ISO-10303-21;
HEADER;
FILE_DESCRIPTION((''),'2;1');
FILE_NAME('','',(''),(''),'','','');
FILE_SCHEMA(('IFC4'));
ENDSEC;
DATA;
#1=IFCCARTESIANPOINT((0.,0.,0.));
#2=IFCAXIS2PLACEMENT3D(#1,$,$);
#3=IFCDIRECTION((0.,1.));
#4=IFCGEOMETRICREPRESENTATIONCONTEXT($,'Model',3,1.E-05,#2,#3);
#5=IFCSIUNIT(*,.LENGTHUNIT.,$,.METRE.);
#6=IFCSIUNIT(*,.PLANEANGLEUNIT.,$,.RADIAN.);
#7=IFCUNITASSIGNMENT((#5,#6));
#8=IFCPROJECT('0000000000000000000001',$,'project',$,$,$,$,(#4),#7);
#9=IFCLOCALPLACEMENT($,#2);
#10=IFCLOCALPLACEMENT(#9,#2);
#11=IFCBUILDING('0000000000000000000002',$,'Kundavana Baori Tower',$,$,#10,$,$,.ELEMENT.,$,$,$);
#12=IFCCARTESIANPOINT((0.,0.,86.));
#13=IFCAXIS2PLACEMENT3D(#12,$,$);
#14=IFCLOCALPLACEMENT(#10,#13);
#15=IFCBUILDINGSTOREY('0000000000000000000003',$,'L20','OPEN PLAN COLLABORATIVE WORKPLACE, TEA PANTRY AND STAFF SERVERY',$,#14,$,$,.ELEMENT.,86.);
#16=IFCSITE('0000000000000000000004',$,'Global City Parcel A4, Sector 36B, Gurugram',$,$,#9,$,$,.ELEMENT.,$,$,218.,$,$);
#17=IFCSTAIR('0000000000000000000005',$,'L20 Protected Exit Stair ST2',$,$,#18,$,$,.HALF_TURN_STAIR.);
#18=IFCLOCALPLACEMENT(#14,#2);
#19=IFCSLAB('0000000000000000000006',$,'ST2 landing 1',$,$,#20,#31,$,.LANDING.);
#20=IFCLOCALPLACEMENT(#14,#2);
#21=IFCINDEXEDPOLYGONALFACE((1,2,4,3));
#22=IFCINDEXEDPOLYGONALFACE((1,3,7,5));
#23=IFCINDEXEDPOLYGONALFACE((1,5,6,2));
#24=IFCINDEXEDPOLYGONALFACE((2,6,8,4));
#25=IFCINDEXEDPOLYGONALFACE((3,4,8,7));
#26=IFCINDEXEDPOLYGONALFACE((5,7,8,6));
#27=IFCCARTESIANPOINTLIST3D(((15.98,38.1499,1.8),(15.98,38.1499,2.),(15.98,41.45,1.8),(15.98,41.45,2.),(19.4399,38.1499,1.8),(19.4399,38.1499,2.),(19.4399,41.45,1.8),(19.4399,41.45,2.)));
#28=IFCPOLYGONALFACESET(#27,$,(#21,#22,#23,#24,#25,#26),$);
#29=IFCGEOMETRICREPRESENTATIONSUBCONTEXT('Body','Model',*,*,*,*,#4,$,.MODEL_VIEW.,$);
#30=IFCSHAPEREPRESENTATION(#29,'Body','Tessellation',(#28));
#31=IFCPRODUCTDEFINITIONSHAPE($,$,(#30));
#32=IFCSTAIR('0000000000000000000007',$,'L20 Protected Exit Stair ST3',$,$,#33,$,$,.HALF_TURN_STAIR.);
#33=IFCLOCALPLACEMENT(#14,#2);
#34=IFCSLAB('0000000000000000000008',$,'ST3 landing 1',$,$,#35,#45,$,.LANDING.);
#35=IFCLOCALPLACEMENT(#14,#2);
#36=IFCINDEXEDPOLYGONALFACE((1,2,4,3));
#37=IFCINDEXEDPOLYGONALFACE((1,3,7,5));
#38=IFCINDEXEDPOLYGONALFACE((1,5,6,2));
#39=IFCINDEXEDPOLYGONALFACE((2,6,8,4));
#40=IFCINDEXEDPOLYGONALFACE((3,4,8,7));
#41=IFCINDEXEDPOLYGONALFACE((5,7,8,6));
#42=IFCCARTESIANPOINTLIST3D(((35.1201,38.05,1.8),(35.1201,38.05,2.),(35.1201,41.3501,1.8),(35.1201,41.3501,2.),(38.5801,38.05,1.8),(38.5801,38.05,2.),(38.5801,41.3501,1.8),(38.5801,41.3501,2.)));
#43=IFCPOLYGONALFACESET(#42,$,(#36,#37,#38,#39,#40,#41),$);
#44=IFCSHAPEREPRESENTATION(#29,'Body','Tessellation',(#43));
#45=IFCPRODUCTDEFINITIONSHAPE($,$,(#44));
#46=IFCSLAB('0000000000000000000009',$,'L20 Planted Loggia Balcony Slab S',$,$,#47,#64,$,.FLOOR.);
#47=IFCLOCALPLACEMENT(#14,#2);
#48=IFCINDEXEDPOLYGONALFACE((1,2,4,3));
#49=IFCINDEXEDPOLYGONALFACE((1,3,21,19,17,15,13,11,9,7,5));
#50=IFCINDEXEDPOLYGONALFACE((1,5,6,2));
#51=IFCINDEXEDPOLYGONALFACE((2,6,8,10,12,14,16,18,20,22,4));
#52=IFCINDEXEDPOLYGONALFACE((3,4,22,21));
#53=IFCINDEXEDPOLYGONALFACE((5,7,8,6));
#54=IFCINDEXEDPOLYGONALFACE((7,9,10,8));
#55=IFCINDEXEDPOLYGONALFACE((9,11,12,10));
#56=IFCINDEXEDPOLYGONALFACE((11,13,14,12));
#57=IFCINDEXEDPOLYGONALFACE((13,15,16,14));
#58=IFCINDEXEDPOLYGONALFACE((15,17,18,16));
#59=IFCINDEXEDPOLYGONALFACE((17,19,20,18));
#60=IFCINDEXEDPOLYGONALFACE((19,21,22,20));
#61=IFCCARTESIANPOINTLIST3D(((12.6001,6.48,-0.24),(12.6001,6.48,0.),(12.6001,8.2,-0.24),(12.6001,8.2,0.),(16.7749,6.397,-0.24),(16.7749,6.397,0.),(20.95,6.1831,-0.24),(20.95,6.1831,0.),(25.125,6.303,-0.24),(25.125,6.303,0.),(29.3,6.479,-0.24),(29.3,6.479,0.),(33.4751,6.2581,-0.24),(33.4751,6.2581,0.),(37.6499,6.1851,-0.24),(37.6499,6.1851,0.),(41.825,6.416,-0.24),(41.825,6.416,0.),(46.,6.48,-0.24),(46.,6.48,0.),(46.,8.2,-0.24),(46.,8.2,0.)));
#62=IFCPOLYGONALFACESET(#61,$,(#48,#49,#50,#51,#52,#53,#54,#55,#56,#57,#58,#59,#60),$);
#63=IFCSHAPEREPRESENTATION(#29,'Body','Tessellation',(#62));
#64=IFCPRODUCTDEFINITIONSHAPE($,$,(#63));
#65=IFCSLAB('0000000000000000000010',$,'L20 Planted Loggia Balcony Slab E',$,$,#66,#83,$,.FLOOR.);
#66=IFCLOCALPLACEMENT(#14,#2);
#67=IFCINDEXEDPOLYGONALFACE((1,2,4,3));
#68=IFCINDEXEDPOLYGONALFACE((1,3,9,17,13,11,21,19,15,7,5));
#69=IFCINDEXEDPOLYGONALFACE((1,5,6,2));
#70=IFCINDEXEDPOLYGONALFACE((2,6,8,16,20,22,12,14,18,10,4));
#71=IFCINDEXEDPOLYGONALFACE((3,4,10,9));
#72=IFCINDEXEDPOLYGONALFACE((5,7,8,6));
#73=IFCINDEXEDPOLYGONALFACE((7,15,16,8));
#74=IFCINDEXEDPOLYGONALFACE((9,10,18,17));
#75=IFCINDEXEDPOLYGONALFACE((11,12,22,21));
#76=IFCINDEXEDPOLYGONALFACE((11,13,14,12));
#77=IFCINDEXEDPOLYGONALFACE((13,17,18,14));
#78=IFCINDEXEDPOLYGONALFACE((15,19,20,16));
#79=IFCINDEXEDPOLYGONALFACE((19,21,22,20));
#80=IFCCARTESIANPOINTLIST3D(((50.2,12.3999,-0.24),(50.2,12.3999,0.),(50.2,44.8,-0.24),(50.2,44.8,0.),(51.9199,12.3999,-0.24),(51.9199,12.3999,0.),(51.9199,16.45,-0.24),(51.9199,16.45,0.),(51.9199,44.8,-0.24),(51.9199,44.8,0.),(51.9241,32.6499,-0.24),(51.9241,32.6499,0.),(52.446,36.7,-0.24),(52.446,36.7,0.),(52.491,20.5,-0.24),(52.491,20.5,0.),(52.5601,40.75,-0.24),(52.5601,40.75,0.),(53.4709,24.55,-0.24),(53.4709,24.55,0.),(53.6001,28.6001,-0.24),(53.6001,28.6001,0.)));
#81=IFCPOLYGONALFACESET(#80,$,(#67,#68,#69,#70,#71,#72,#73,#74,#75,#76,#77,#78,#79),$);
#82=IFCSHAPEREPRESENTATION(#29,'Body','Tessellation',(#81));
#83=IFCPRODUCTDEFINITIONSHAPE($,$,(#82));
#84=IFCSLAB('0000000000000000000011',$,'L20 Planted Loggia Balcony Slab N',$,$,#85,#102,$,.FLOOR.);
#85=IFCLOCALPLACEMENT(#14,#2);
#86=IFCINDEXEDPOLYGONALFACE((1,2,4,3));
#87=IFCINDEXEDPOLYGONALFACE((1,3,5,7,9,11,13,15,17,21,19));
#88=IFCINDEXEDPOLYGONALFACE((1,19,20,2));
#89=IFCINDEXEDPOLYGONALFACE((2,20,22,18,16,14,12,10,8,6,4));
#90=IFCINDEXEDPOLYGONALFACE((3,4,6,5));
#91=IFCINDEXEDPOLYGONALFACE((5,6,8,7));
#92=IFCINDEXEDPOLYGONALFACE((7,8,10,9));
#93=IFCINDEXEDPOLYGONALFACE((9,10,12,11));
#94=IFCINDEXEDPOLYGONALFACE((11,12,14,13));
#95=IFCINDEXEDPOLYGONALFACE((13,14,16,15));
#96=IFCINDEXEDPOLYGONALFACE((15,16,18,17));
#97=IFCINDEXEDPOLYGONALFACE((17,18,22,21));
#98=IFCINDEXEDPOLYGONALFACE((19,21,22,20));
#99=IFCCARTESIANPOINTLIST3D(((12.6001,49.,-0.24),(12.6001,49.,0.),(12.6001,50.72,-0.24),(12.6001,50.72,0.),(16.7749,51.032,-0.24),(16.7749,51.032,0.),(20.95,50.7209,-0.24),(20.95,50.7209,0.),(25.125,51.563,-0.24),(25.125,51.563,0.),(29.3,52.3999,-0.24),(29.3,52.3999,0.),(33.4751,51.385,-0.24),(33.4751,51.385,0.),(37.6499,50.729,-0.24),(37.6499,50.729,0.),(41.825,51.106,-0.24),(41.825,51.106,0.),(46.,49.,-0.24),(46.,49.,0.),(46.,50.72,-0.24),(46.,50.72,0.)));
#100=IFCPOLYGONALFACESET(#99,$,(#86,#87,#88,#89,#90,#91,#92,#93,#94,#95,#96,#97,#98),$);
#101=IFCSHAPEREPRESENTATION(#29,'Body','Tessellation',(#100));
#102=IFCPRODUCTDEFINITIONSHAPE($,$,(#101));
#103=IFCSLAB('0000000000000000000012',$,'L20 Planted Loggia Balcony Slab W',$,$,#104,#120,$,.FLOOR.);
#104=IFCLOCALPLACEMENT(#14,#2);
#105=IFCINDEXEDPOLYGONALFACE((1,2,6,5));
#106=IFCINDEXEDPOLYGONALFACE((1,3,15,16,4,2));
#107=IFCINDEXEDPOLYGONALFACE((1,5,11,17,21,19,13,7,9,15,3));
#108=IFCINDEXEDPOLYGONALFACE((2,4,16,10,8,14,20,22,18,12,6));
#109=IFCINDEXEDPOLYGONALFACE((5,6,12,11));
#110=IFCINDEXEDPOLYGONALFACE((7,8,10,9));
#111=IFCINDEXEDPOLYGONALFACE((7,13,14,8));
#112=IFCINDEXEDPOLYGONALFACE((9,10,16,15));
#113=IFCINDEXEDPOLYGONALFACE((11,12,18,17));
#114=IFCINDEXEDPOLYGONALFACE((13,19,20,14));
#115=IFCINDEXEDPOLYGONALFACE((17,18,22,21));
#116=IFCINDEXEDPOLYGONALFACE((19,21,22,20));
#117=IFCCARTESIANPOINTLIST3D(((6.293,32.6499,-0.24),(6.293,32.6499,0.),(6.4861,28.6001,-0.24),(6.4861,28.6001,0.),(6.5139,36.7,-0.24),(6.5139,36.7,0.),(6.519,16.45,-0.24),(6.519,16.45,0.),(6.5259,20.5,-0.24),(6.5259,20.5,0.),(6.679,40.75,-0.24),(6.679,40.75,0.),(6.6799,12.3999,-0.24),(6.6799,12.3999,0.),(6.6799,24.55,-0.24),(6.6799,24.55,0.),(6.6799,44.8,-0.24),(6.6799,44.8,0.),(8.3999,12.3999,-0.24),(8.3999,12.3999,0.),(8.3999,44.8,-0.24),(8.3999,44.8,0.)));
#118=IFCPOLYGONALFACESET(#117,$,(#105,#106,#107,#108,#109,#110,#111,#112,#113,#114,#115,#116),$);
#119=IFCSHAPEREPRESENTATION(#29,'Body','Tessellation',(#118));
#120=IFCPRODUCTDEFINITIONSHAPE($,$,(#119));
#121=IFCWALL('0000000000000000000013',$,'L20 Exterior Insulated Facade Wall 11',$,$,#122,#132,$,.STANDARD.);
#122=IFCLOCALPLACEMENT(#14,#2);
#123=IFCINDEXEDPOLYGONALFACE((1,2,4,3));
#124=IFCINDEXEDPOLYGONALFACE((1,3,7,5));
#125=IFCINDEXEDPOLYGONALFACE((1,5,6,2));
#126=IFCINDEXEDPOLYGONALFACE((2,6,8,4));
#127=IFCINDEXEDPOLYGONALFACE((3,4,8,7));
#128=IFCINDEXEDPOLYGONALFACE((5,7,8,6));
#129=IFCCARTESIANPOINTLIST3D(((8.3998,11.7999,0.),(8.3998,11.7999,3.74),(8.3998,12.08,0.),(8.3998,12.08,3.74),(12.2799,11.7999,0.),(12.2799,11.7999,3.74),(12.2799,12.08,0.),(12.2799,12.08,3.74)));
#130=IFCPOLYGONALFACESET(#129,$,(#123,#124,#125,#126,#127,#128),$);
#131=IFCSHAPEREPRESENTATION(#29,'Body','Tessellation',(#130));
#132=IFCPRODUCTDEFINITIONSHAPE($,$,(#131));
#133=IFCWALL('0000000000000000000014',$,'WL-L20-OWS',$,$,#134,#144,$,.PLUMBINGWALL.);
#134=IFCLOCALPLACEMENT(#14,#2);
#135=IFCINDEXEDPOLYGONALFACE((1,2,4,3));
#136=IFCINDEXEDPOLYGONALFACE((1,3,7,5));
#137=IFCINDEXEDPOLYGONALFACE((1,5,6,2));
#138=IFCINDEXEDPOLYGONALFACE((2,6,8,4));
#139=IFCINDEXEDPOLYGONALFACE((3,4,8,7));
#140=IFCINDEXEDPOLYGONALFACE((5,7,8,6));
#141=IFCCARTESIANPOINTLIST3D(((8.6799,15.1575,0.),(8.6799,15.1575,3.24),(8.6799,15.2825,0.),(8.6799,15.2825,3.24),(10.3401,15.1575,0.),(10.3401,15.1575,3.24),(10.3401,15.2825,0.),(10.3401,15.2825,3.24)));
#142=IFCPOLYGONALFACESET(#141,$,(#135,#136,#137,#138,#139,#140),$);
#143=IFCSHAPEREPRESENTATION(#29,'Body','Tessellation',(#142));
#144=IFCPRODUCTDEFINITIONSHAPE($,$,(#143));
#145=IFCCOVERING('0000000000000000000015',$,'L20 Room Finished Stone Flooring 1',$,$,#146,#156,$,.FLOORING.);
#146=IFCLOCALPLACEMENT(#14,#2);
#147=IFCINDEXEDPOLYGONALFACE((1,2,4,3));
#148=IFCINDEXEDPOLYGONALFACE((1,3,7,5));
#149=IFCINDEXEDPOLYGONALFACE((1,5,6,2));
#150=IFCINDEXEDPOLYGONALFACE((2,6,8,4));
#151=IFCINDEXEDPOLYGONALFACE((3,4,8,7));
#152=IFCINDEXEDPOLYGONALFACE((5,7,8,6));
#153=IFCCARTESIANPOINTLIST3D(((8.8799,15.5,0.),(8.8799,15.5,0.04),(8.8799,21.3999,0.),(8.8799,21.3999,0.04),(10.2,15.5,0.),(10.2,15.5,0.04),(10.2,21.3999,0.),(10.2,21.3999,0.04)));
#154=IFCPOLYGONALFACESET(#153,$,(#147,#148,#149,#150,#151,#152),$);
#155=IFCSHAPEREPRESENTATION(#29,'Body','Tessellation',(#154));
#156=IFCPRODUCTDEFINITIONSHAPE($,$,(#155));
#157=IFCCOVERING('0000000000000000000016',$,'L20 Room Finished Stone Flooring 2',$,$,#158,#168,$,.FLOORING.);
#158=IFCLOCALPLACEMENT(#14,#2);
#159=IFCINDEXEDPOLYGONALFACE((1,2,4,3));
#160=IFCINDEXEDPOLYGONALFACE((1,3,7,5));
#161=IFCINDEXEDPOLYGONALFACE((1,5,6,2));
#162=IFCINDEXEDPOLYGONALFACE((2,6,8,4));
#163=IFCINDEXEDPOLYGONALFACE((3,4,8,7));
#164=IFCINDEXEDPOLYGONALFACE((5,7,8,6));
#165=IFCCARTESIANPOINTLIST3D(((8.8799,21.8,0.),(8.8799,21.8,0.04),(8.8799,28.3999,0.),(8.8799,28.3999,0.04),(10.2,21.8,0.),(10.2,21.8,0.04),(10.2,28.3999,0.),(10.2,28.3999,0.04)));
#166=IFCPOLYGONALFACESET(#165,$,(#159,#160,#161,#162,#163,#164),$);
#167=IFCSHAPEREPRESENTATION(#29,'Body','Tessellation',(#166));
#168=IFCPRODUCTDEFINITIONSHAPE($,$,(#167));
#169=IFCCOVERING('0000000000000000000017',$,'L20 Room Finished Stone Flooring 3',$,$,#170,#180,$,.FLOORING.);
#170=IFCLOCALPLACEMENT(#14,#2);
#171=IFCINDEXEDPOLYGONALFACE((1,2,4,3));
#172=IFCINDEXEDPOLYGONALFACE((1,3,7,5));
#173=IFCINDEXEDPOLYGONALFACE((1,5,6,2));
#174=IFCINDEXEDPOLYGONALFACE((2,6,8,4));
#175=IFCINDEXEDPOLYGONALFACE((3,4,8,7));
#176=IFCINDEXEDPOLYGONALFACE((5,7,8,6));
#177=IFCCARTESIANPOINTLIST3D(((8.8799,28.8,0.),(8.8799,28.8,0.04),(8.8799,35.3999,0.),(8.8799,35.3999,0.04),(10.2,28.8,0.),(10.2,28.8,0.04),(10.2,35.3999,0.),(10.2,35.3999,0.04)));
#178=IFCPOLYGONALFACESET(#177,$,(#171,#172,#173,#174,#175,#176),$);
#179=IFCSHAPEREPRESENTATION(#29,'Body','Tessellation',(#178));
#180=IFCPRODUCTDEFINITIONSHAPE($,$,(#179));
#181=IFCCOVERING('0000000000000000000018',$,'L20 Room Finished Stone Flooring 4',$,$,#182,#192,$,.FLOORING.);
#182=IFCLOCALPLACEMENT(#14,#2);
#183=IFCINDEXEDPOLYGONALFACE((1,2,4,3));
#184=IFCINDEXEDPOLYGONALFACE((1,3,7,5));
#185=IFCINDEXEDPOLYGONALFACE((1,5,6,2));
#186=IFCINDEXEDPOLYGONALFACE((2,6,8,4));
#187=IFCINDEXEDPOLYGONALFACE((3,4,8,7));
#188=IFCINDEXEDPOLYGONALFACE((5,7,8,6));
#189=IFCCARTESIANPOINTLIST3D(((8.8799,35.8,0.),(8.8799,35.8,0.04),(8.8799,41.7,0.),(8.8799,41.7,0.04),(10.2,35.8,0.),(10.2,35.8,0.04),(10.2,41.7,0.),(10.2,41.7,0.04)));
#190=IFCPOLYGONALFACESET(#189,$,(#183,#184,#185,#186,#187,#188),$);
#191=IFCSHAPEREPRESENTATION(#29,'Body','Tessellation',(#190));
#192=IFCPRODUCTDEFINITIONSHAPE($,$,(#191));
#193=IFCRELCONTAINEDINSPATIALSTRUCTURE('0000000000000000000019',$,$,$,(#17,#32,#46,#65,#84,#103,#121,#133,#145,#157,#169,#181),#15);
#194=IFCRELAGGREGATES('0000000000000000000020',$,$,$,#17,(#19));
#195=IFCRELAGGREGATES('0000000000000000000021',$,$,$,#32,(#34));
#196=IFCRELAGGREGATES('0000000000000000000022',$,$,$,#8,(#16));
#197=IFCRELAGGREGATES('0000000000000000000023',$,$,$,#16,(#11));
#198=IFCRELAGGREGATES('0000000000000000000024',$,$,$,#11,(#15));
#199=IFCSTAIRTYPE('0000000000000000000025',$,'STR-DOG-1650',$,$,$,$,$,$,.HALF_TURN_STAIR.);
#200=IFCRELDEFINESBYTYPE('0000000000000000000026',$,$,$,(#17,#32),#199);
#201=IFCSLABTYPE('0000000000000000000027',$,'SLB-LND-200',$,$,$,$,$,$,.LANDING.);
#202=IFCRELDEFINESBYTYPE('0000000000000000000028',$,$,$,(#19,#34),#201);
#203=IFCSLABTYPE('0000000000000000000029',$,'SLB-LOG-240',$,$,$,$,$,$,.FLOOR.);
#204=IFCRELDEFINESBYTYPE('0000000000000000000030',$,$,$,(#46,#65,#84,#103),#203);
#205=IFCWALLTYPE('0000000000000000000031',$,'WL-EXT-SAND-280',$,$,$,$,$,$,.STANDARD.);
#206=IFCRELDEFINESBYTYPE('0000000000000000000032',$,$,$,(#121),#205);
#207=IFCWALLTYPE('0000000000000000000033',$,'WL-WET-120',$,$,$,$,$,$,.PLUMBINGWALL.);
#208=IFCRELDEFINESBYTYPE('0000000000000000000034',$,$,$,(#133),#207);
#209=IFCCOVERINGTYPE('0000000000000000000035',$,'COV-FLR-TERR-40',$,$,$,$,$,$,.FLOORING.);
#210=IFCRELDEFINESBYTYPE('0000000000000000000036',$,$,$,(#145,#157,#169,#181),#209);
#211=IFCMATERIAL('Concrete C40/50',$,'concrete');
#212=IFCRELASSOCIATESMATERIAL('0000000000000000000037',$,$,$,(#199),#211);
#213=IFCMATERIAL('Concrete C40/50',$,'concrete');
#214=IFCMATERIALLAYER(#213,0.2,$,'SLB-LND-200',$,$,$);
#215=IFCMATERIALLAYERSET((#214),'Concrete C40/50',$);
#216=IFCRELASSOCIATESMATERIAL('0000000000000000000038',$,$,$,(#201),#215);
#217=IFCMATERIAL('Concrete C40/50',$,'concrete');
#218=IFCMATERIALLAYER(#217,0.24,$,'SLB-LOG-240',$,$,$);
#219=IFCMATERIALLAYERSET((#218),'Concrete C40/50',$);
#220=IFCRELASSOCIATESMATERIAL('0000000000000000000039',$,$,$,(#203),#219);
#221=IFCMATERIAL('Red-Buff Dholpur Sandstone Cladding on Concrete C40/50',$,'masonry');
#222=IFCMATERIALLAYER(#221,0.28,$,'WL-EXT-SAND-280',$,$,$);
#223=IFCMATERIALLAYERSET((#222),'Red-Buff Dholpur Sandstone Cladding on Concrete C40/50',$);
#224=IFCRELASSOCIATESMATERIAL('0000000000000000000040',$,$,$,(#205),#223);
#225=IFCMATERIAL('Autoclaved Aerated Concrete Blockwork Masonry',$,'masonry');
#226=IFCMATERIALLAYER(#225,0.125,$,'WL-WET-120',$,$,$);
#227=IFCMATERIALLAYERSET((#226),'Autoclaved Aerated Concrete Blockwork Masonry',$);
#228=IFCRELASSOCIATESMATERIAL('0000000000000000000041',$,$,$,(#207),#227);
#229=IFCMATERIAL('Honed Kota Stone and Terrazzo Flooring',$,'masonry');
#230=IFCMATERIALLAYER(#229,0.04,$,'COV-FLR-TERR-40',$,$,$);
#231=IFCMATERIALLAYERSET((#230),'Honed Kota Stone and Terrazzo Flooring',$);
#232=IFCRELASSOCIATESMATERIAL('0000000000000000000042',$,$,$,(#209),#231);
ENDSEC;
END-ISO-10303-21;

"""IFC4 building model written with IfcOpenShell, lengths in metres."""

from ifc_helpers import new_model, si_unit, direction, frame, frame_2d, origin, place, context, subcontext, project, spatial, polyline, rectangle, outline, extrude, material, layer, layer_set, type_object, element, aggregate, save


model = new_model("IFC4")

# Units and contexts
model_context = context("Model", 3, precision=1e-05, world=origin(), true_north=direction((0.0, 1.0)))
body_context = subcontext(model_context, "Body", "Model", "MODEL_VIEW")
ifc_project = project(units=[si_unit("LENGTHUNIT", "METRE"), si_unit("PLANEANGLEUNIT", "RADIAN")], contexts=[model_context])

# Site, building, storey
site_placement = place(None, origin())
site = spatial("IfcSite", under=ifc_project, at=site_placement, Name="Global City Parcel A4, Sector 36B, Gurugram", CompositionType="ELEMENT", RefElevation=218.0)
building_placement = place(site_placement, origin())
building = spatial("IfcBuilding", under=site, at=building_placement, Name="Kundavana Baori Tower", CompositionType="ELEMENT")
storey_placement = place(building_placement, frame((0.0, 0.0, 86.0)))
storey = spatial("IfcBuildingStorey", under=building, at=storey_placement, Name="L20", Description="OPEN PLAN COLLABORATIVE WORKPLACE, TEA PANTRY AND STAFF SERVERY", CompositionType="ELEMENT", Elevation=86.0)

# Stairs, slabs
ifc_material_1 = material(Name="Concrete C40/50", Category="concrete")
stair_type = type_object("IfcStairType", Name="STR-DOG-1650", PredefinedType="HALF_TURN_STAIR", material=ifc_material_1)
ifc_material_2 = material(Name="Concrete C40/50", Category="concrete")
ifc_layer_1 = layer(ifc_material_2, 0.2, Name="SLB-LND-200")
ifc_layer_set_1 = layer_set([ifc_layer_1], Name="Concrete C40/50")
slab_type_1 = type_object("IfcSlabType", Name="SLB-LND-200", PredefinedType="LANDING", material=ifc_layer_set_1)
stair_1_placement = place(storey_placement, origin())
stair_1 = element("IfcStair", 1, at=stair_1_placement, inside=storey, type_object=stair_type, Name="L20 Protected Exit Stair ST2", PredefinedType="HALF_TURN_STAIR")
slab_1_placement = place(storey_placement, frame((0.0, 0.0, 1.8)))
slab_1 = element("IfcSlab", 2, at=slab_1_placement, type_object=slab_type_1, Name="ST2 landing 1", PredefinedType="LANDING", context=body_context, shape_type="SweptSolid", body=[
    extrude(outline(polyline([(19.4399, 38.1499), (19.4399, 41.45), (15.98, 41.45), (15.98, 38.1499), (19.4399, 38.1499)])), origin(), (0.0, 0.0, 1.0), 0.2),
])
aggregate(stair_1, [slab_1])
stair_2_placement = place(storey_placement, origin())
stair_2 = element("IfcStair", 3, at=stair_2_placement, inside=storey, type_object=stair_type, Name="L20 Protected Exit Stair ST3", PredefinedType="HALF_TURN_STAIR")
slab_2_placement = place(storey_placement, frame((0.0, 0.0, 1.8)))
slab_2 = element("IfcSlab", 4, at=slab_2_placement, type_object=slab_type_1, Name="ST3 landing 1", PredefinedType="LANDING", context=body_context, shape_type="SweptSolid", body=[
    extrude(outline(polyline([(38.5801, 38.05), (38.5801, 41.3501), (35.1201, 41.3501), (35.1201, 38.05), (38.5801, 38.05)])), origin(), (0.0, 0.0, 1.0), 0.2),
])
aggregate(stair_2, [slab_2])

# Slabs
ifc_material_3 = material(Name="Concrete C40/50", Category="concrete")
ifc_layer_2 = layer(ifc_material_3, 0.24, Name="SLB-LOG-240")
ifc_layer_set_2 = layer_set([ifc_layer_2], Name="Concrete C40/50")
slab_type_2 = type_object("IfcSlabType", Name="SLB-LOG-240", PredefinedType="FLOOR", material=ifc_layer_set_2)
slab_3_placement = place(storey_placement, frame((0.0, 0.0, -0.24)))
element("IfcSlab", 5, at=slab_3_placement, inside=storey, type_object=slab_type_2, Name="L20 Planted Loggia Balcony Slab S", PredefinedType="FLOOR", context=body_context, shape_type="SweptSolid", body=[
    extrude(outline(polyline([(12.6001, 8.2), (46.0, 8.2), (46.0, 6.48), (41.825, 6.416), (37.6499, 6.1851), (33.4751, 6.2581), (29.3, 6.479), (25.125, 6.303), (20.95, 6.1831), (16.7749, 6.397), (12.6001, 6.48), (12.6001, 8.2)])), origin(), (0.0, 0.0, 1.0), 0.24),
])
slab_4_placement = place(storey_placement, frame((0.0, 0.0, -0.24)))
element("IfcSlab", 6, at=slab_4_placement, inside=storey, type_object=slab_type_2, Name="L20 Planted Loggia Balcony Slab E", PredefinedType="FLOOR", context=body_context, shape_type="SweptSolid", body=[
    extrude(outline(polyline([(50.2, 12.3999), (50.2, 44.8), (51.9199, 44.8), (52.5601, 40.75), (52.446, 36.7), (51.9241, 32.6499), (53.6001, 28.6001), (53.4709, 24.55), (52.491, 20.5), (51.9199, 16.45), (51.9199, 12.3999), (50.2, 12.3999)])), origin(), (0.0, 0.0, 1.0), 0.24),
])
slab_5_placement = place(storey_placement, frame((0.0, 0.0, -0.24)))
element("IfcSlab", 7, at=slab_5_placement, inside=storey, type_object=slab_type_2, Name="L20 Planted Loggia Balcony Slab N", PredefinedType="FLOOR", context=body_context, shape_type="SweptSolid", body=[
    extrude(outline(polyline([(46.0, 49.0), (12.6001, 49.0), (12.6001, 50.72), (16.7749, 51.032), (20.95, 50.7209), (25.125, 51.563), (29.3, 52.3999), (33.4751, 51.385), (37.6499, 50.729), (41.825, 51.106), (46.0, 50.72), (46.0, 49.0)])), origin(), (0.0, 0.0, 1.0), 0.24),
])
slab_6_placement = place(storey_placement, frame((0.0, 0.0, -0.24)))
element("IfcSlab", 8, at=slab_6_placement, inside=storey, type_object=slab_type_2, Name="L20 Planted Loggia Balcony Slab W", PredefinedType="FLOOR", context=body_context, shape_type="SweptSolid", body=[
    extrude(outline(polyline([(8.3999, 44.8), (8.3999, 12.3999), (6.6799, 12.3999), (6.519, 16.45), (6.5259, 20.5), (6.6799, 24.55), (6.4861, 28.6001), (6.293, 32.6499), (6.5139, 36.7), (6.679, 40.75), (6.6799, 44.8), (8.3999, 44.8)])), origin(), (0.0, 0.0, 1.0), 0.24),
])

# Walls
ifc_material_4 = material(Name="Red-Buff Dholpur Sandstone Cladding on Concrete C40/50", Category="masonry")
ifc_layer_3 = layer(ifc_material_4, 0.28, Name="WL-EXT-SAND-280")
ifc_layer_set_3 = layer_set([ifc_layer_3], Name="Red-Buff Dholpur Sandstone Cladding on Concrete C40/50")
wall_type_1 = type_object("IfcWallType", Name="WL-EXT-SAND-280", PredefinedType="STANDARD", material=ifc_layer_set_3)
wall_1_placement = place(storey_placement, frame((8.3999, 11.9399, 0.0), z_axis=(0.0, 0.0, 1.0), x_axis=(1.0, 0.0, 0.0)))
element("IfcWall", 9, at=wall_1_placement, inside=storey, type_object=wall_type_1, Name="L20 Exterior Insulated Facade Wall 11", PredefinedType="STANDARD", context=body_context, shape_type="SweptSolid", body=[
    extrude(rectangle(XDim=3.8801, YDim=0.28, at=frame_2d((1.9399, 0.0))), origin(), (0.0, 0.0, 1.0), 3.74),
])
ifc_material_5 = material(Name="Autoclaved Aerated Concrete Blockwork Masonry", Category="masonry")
ifc_layer_4 = layer(ifc_material_5, 0.125, Name="WL-WET-120")
ifc_layer_set_4 = layer_set([ifc_layer_4], Name="Autoclaved Aerated Concrete Blockwork Masonry")
wall_type_2 = type_object("IfcWallType", Name="WL-WET-120", PredefinedType="PLUMBINGWALL", material=ifc_layer_set_4)
wall_2_placement = place(storey_placement, frame((8.6799, 15.22, 0.0), z_axis=(0.0, 0.0, 1.0), x_axis=(1.0, 0.0, 0.0)))
element("IfcWall", 10, at=wall_2_placement, inside=storey, type_object=wall_type_2, Name="WL-L20-OWS", PredefinedType="PLUMBINGWALL", context=body_context, shape_type="SweptSolid", body=[
    extrude(rectangle(XDim=1.6602, YDim=0.125, at=frame_2d((0.8301, 0.0))), origin(), (0.0, 0.0, 1.0), 3.24),
])

# Coverings
ifc_material_6 = material(Name="Honed Kota Stone and Terrazzo Flooring", Category="masonry")
ifc_layer_5 = layer(ifc_material_6, 0.04, Name="COV-FLR-TERR-40")
ifc_layer_set_5 = layer_set([ifc_layer_5], Name="Honed Kota Stone and Terrazzo Flooring")
covering_type_1 = type_object("IfcCoveringType", Name="COV-FLR-TERR-40", PredefinedType="FLOORING", material=ifc_layer_set_5)
covering_1_placement = place(storey_placement, origin())
element("IfcCovering", 11, at=covering_1_placement, inside=storey, type_object=covering_type_1, Name="L20 Room Finished Stone Flooring 1", PredefinedType="FLOORING", context=body_context, shape_type="SweptSolid", body=[
    extrude(outline(polyline([(8.8799, 15.5), (10.2, 15.5), (10.2, 21.3999), (8.8799, 21.3999), (8.8799, 15.5)])), origin(), (0.0, 0.0, 1.0), 0.04),
])
covering_2_placement = place(storey_placement, origin())
element("IfcCovering", 12, at=covering_2_placement, inside=storey, type_object=covering_type_1, Name="L20 Room Finished Stone Flooring 2", PredefinedType="FLOORING", context=body_context, shape_type="SweptSolid", body=[
    extrude(outline(polyline([(8.8799, 21.8), (10.2, 21.8), (10.2, 28.3999), (8.8799, 28.3999), (8.8799, 21.8)])), origin(), (0.0, 0.0, 1.0), 0.04),
])
covering_3_placement = place(storey_placement, origin())
element("IfcCovering", 13, at=covering_3_placement, inside=storey, type_object=covering_type_1, Name="L20 Room Finished Stone Flooring 3", PredefinedType="FLOORING", context=body_context, shape_type="SweptSolid", body=[
    extrude(outline(polyline([(8.8799, 28.8), (10.2, 28.8), (10.2, 35.3999), (8.8799, 35.3999), (8.8799, 28.8)])), origin(), (0.0, 0.0, 1.0), 0.04),
])
covering_4_placement = place(storey_placement, origin())
element("IfcCovering", 14, at=covering_4_placement, inside=storey, type_object=covering_type_1, Name="L20 Room Finished Stone Flooring 4", PredefinedType="FLOORING", context=body_context, shape_type="SweptSolid", body=[
    extrude(outline(polyline([(8.8799, 35.8), (10.2, 35.8), (10.2, 41.7), (8.8799, 41.7), (8.8799, 35.8)])), origin(), (0.0, 0.0, 1.0), 0.04),
])

save(model, "model.ifc")
